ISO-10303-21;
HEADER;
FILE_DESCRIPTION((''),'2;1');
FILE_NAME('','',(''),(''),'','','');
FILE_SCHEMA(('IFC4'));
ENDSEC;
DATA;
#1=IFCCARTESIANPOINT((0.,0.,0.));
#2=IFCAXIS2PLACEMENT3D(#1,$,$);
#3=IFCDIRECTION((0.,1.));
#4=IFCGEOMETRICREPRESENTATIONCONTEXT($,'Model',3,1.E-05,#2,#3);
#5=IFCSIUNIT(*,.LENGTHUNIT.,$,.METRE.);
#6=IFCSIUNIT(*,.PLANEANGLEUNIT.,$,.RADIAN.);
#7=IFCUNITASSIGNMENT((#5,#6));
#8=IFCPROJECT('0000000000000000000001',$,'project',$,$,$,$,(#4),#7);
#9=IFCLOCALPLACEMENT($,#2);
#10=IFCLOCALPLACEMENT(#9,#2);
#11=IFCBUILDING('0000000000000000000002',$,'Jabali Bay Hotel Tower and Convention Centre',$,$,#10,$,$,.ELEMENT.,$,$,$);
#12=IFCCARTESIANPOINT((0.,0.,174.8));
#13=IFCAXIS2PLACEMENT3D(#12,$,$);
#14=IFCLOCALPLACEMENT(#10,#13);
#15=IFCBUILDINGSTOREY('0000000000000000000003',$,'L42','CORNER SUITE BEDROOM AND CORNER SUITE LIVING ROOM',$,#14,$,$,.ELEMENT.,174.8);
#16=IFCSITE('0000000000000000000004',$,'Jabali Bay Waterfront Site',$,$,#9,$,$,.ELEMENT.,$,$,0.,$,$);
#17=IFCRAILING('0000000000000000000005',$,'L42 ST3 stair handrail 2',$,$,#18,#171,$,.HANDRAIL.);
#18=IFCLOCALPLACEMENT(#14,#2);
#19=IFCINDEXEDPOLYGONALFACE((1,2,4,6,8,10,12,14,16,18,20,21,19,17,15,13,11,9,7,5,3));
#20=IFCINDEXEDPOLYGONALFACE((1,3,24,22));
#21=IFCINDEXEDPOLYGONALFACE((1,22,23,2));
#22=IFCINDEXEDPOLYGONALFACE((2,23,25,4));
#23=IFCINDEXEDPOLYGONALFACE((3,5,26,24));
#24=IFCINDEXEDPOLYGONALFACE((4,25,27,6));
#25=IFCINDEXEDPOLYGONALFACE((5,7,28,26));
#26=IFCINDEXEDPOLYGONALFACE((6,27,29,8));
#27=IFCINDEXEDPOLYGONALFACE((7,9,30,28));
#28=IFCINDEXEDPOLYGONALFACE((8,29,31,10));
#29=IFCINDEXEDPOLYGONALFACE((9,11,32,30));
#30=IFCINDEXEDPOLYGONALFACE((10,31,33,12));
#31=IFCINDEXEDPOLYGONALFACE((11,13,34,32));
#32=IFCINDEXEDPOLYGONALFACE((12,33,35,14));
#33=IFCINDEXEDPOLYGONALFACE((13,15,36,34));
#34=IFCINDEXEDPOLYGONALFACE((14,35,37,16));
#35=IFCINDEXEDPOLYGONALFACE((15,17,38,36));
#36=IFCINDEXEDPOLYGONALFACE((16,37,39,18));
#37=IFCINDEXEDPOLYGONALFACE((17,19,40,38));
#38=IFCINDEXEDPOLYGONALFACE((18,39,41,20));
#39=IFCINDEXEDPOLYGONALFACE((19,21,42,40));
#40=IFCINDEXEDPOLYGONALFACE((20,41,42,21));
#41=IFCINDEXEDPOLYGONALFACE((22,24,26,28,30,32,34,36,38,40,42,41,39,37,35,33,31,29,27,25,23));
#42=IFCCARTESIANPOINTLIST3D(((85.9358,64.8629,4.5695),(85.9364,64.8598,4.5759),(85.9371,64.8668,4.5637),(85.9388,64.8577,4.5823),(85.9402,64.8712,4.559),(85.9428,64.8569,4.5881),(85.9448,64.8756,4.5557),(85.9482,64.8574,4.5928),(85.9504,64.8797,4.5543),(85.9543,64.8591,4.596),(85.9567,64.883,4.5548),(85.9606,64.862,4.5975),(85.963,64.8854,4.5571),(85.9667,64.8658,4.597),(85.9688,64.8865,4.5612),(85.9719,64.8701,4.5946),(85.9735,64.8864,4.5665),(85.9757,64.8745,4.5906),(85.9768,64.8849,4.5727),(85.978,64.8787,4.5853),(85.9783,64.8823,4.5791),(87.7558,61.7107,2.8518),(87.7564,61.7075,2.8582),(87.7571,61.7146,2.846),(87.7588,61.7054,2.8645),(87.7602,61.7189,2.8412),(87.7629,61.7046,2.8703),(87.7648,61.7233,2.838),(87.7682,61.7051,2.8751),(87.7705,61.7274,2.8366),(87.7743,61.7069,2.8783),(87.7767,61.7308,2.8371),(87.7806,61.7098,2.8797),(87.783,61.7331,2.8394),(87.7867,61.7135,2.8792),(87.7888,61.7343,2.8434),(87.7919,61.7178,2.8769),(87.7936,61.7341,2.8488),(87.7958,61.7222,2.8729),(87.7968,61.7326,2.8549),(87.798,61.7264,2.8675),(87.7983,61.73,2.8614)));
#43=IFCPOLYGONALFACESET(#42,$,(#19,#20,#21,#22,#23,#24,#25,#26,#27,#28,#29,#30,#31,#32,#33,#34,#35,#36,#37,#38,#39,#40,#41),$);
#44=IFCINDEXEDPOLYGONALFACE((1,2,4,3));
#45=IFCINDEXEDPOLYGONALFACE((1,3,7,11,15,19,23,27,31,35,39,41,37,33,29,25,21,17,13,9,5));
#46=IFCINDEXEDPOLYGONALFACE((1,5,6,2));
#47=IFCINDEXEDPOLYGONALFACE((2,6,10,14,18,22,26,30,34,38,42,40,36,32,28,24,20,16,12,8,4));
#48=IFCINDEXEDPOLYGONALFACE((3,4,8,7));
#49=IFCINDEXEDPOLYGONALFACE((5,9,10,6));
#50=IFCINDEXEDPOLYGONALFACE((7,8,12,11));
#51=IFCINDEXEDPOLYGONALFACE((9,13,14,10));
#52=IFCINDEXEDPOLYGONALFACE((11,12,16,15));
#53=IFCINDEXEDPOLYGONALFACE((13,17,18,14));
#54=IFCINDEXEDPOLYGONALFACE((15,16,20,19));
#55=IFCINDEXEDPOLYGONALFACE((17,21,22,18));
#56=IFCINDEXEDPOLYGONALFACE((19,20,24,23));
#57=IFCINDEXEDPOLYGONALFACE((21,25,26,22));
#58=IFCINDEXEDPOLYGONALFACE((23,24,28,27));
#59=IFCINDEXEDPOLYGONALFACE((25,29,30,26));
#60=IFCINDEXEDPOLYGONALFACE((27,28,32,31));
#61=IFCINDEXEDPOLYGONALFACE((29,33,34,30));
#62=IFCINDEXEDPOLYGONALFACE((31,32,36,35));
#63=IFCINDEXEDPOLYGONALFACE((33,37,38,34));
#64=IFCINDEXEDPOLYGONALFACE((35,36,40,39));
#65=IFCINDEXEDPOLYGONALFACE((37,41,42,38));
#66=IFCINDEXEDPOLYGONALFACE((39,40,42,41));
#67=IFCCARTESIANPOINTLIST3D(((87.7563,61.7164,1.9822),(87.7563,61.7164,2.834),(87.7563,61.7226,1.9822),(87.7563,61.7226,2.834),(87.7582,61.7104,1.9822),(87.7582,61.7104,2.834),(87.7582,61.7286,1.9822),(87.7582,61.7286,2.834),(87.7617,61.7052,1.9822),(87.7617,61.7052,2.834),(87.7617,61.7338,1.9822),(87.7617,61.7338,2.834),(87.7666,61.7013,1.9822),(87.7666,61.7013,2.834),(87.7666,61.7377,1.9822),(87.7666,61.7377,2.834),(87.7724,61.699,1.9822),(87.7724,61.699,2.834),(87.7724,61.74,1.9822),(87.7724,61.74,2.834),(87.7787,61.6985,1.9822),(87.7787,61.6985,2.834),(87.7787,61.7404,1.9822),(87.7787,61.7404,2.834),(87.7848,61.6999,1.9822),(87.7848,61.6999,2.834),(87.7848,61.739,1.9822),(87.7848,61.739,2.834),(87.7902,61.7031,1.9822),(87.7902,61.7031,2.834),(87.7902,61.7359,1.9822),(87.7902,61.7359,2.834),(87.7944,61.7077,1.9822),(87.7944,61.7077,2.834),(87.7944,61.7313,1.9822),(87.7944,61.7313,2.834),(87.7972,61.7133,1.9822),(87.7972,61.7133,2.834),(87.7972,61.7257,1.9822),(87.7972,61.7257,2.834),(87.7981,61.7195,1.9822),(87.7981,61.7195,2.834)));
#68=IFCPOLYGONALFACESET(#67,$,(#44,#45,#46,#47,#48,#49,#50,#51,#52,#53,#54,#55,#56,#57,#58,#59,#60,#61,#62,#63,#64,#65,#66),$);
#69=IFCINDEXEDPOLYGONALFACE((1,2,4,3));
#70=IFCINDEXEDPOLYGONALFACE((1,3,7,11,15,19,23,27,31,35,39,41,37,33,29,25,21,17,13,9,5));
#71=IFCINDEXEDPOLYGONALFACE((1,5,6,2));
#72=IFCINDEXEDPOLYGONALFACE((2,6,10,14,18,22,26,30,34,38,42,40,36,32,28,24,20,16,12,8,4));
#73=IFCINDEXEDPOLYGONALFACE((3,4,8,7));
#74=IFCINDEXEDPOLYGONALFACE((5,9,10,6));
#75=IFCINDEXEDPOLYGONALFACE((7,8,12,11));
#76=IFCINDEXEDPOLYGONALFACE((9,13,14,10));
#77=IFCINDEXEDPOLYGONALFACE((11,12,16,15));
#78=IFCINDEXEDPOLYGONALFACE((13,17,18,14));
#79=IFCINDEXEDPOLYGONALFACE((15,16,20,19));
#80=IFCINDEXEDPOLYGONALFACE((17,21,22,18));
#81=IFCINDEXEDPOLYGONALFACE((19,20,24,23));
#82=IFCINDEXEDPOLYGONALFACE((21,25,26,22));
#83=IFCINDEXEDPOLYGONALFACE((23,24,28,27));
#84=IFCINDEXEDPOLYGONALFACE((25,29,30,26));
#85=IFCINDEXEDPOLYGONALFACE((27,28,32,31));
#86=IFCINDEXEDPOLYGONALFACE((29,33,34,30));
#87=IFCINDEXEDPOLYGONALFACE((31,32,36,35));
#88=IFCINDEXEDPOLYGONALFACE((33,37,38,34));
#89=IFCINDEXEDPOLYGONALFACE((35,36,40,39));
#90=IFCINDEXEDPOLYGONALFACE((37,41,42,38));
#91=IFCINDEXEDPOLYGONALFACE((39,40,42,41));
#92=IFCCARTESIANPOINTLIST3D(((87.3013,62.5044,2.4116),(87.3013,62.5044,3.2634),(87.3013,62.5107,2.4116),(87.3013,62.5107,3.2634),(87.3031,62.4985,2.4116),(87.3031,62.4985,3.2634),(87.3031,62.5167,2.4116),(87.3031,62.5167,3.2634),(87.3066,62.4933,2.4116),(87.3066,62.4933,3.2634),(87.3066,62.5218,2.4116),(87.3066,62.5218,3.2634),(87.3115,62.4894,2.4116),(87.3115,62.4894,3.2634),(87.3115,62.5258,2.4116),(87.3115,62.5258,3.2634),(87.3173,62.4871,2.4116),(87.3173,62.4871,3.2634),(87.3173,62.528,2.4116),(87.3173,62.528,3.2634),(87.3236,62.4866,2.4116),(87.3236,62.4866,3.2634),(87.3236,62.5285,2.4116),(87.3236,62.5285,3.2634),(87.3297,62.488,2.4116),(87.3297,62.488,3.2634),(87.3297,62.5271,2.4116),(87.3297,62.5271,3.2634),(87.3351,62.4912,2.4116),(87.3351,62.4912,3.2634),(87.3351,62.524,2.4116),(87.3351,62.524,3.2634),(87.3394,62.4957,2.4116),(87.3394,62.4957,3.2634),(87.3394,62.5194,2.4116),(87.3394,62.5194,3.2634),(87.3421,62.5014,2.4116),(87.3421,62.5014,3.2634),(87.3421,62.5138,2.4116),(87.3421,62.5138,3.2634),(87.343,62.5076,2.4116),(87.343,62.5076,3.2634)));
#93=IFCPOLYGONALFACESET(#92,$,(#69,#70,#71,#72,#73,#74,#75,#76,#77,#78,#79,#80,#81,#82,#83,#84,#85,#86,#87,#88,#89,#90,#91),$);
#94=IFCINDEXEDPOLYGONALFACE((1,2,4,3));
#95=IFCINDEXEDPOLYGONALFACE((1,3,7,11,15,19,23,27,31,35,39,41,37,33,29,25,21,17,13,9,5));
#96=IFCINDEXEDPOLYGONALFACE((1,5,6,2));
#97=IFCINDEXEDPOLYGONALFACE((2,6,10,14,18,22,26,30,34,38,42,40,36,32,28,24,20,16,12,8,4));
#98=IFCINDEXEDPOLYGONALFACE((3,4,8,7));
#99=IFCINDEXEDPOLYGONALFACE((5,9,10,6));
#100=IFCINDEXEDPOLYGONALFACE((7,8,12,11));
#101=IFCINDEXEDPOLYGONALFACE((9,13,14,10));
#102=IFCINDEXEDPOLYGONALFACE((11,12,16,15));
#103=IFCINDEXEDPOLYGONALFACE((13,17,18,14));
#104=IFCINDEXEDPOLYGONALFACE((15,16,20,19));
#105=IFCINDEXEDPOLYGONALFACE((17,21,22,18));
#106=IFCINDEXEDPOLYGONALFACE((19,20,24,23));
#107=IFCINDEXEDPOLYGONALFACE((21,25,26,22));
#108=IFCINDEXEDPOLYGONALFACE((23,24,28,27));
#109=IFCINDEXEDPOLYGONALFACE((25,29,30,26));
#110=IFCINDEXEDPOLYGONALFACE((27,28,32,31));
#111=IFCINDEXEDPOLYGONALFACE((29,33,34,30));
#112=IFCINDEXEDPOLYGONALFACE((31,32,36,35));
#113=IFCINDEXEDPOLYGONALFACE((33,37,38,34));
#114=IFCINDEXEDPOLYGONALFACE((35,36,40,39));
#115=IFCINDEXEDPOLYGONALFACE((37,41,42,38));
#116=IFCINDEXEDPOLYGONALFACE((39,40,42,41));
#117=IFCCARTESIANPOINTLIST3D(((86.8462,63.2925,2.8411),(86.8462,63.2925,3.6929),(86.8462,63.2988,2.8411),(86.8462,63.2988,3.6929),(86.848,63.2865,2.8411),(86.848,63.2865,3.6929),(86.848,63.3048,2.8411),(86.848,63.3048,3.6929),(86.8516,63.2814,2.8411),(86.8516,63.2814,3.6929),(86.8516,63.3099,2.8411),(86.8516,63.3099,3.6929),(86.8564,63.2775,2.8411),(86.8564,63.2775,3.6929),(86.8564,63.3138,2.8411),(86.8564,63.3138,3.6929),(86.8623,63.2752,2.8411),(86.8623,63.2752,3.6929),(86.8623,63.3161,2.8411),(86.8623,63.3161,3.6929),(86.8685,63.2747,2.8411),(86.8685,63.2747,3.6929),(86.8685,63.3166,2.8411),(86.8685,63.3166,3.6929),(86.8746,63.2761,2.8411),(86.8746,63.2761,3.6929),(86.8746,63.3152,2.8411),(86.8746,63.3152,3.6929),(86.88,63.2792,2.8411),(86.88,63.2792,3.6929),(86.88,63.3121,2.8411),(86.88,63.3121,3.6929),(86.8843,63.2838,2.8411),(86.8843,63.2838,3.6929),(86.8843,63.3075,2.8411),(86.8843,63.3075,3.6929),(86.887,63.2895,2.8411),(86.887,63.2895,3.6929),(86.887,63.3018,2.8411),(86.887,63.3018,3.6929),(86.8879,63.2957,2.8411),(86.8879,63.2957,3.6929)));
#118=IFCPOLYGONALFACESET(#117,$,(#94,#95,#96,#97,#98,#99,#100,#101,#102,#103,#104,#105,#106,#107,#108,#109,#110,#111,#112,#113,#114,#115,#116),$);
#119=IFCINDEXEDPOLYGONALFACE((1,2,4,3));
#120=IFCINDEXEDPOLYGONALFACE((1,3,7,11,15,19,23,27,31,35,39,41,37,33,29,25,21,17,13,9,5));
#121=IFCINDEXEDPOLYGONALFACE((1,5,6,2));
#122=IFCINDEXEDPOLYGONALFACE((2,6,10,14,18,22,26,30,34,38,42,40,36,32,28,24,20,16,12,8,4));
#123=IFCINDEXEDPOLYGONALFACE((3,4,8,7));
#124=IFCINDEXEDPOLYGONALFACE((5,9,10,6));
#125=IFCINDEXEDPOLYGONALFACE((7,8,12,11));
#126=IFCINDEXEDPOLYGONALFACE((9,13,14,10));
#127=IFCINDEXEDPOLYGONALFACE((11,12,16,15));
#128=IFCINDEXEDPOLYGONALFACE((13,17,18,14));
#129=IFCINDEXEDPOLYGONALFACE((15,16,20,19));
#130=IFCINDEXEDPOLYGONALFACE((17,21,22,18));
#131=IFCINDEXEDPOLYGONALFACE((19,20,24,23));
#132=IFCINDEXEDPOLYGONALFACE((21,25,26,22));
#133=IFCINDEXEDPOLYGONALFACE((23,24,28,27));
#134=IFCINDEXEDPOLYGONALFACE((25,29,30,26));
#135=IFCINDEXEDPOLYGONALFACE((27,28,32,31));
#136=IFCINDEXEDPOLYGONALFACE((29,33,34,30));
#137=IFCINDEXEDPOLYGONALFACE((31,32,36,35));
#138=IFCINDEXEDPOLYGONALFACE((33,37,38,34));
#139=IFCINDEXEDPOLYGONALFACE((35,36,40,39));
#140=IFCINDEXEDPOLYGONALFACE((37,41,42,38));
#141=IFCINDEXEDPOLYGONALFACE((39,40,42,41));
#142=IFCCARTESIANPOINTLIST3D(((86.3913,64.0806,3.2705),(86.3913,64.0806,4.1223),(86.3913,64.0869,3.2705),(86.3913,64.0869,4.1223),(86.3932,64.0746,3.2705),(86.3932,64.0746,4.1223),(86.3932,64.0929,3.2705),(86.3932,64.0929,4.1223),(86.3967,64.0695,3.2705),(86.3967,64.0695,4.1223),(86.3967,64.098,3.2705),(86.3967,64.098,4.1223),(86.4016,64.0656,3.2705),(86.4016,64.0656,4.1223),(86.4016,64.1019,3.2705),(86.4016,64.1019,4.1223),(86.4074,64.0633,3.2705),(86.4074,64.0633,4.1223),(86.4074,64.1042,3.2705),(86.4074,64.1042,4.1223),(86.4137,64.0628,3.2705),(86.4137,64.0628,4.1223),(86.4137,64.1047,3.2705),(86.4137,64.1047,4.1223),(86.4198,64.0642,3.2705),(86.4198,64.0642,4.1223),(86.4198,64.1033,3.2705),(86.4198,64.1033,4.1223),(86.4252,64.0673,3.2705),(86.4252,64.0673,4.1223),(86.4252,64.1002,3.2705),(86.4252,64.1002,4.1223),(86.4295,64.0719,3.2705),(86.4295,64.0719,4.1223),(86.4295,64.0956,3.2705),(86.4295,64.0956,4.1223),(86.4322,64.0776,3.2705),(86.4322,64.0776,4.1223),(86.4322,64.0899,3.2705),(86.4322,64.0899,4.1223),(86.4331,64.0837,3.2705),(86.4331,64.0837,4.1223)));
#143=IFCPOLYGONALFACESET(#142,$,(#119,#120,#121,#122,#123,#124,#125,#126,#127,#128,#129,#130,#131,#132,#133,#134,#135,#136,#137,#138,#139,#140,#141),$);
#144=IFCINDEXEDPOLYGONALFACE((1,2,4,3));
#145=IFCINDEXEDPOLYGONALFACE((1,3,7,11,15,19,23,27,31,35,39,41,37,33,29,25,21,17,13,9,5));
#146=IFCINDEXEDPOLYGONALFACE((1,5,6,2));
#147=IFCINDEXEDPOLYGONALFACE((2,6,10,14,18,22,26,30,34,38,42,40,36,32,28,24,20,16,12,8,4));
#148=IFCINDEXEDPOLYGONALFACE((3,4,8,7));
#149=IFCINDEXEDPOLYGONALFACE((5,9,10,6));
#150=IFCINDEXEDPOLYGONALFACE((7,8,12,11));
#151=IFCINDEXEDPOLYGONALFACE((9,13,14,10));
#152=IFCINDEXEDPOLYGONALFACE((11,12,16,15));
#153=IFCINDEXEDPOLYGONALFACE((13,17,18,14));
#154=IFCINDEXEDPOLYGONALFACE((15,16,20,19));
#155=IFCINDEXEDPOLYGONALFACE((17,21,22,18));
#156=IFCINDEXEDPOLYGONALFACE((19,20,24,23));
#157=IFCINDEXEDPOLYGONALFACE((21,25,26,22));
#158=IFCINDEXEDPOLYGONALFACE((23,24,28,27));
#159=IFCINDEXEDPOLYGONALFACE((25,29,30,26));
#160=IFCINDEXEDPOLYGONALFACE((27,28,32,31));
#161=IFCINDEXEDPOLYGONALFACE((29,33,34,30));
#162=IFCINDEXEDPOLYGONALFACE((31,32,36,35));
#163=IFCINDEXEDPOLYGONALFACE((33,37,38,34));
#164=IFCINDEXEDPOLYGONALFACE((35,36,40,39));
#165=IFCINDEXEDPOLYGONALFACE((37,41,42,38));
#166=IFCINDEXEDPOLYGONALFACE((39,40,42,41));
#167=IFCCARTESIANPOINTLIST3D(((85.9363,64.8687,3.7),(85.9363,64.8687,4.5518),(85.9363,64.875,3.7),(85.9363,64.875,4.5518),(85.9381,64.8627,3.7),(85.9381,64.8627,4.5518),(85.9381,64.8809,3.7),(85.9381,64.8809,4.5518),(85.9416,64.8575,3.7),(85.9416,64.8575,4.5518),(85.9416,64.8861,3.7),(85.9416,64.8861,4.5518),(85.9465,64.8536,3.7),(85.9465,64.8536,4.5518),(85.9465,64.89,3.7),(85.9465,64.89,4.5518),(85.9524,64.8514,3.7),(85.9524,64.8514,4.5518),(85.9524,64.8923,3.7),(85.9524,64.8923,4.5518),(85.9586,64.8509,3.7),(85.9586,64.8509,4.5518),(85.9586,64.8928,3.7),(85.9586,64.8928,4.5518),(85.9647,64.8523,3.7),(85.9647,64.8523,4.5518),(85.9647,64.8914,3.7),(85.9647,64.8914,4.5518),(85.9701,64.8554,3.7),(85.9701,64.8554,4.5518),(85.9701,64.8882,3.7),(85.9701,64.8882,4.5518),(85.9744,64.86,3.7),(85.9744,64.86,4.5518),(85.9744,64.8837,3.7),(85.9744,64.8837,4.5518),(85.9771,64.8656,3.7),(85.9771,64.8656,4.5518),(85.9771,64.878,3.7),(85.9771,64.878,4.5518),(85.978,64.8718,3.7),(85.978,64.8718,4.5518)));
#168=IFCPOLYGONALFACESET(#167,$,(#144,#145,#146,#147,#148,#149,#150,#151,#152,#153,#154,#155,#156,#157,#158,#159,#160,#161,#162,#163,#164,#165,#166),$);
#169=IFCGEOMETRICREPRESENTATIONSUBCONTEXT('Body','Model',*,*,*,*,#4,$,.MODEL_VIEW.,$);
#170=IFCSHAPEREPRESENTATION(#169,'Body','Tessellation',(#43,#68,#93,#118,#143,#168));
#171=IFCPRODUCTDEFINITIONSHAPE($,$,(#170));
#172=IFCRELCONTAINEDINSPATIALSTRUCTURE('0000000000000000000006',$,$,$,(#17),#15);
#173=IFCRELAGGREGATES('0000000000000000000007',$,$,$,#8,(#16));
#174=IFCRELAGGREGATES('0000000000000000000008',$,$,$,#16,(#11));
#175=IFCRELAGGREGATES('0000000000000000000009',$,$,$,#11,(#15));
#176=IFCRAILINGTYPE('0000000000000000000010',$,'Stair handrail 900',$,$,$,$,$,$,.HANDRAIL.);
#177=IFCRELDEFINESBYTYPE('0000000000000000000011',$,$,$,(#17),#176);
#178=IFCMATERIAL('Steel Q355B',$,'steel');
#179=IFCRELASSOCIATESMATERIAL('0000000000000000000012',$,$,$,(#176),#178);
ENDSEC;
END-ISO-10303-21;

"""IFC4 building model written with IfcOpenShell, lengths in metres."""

from ifc_helpers import new_model, si_unit, direction, frame, origin, origin_2d, place, context, subcontext, project, spatial, circle, extrude, material, type_object, element, save


model = new_model("IFC4")

# Units and contexts
model_context = context("Model", 3, precision=1e-05, world=origin(), true_north=direction((0.0, 1.0)))
body_context = subcontext(model_context, "Body", "Model", "MODEL_VIEW")
ifc_project = project(units=[si_unit("LENGTHUNIT", "METRE"), si_unit("PLANEANGLEUNIT", "RADIAN")], contexts=[model_context])

# Site, building, storey
site_placement = place(None, origin())
site = spatial("IfcSite", under=ifc_project, at=site_placement, Name="Jabali Bay Waterfront Site", CompositionType="ELEMENT", RefElevation=0.0)
building_placement = place(site_placement, origin())
building = spatial("IfcBuilding", under=site, at=building_placement, Name="Jabali Bay Hotel Tower and Convention Centre", CompositionType="ELEMENT")
storey_placement = place(building_placement, frame((0.0, 0.0, 174.8)))
storey = spatial("IfcBuildingStorey", under=building, at=storey_placement, Name="L42", Description="CORNER SUITE BEDROOM AND CORNER SUITE LIVING ROOM", CompositionType="ELEMENT", Elevation=174.8)

# Railing
ifc_material_1 = material(Name="Steel Q355B", Category="steel")
railing_type_1 = type_object("IfcRailingType", Name="Stair handrail 900", PredefinedType="HANDRAIL", material=ifc_material_1)
railing_1_placement = place(storey_placement, frame((87.7771, 61.7195, 1.9822)))
element("IfcRailing", 1, at=railing_1_placement, inside=storey, type_object=railing_type_1, Name="L42 ST3 stair handrail 2", PredefinedType="HANDRAIL", context=body_context, shape_type="SweptSolid", body=[
    extrude(circle(Radius=0.0239, at=origin_2d()), frame((0.0, 0.0, 0.876), z_axis=(-0.45219, 0.78319, 0.426775), x_axis=(-0.866018, -0.500013, 0.0)), (0.0, 0.0, 1.0), 4.0249),
    extrude(circle(Radius=0.021, at=origin_2d()), origin(), (0.0, 0.0, 1.0), 0.8518),
    extrude(circle(Radius=0.021, at=origin_2d()), frame((-0.4551, 0.7881, 0.4294)), (0.0, 0.0, 1.0), 0.8518),
    extrude(circle(Radius=0.021, at=origin_2d()), frame((-0.9102, 1.5762, 0.8589)), (0.0, 0.0, 1.0), 0.8518),
    extrude(circle(Radius=0.021, at=origin_2d()), frame((-1.365, 2.3643, 1.2883)), (0.0, 0.0, 1.0), 0.8518),
    extrude(circle(Radius=0.021, at=origin_2d()), frame((-1.8201, 3.1523, 1.7178)), (0.0, 0.0, 1.0), 0.8518),
])

save(model, "model.ifc")
